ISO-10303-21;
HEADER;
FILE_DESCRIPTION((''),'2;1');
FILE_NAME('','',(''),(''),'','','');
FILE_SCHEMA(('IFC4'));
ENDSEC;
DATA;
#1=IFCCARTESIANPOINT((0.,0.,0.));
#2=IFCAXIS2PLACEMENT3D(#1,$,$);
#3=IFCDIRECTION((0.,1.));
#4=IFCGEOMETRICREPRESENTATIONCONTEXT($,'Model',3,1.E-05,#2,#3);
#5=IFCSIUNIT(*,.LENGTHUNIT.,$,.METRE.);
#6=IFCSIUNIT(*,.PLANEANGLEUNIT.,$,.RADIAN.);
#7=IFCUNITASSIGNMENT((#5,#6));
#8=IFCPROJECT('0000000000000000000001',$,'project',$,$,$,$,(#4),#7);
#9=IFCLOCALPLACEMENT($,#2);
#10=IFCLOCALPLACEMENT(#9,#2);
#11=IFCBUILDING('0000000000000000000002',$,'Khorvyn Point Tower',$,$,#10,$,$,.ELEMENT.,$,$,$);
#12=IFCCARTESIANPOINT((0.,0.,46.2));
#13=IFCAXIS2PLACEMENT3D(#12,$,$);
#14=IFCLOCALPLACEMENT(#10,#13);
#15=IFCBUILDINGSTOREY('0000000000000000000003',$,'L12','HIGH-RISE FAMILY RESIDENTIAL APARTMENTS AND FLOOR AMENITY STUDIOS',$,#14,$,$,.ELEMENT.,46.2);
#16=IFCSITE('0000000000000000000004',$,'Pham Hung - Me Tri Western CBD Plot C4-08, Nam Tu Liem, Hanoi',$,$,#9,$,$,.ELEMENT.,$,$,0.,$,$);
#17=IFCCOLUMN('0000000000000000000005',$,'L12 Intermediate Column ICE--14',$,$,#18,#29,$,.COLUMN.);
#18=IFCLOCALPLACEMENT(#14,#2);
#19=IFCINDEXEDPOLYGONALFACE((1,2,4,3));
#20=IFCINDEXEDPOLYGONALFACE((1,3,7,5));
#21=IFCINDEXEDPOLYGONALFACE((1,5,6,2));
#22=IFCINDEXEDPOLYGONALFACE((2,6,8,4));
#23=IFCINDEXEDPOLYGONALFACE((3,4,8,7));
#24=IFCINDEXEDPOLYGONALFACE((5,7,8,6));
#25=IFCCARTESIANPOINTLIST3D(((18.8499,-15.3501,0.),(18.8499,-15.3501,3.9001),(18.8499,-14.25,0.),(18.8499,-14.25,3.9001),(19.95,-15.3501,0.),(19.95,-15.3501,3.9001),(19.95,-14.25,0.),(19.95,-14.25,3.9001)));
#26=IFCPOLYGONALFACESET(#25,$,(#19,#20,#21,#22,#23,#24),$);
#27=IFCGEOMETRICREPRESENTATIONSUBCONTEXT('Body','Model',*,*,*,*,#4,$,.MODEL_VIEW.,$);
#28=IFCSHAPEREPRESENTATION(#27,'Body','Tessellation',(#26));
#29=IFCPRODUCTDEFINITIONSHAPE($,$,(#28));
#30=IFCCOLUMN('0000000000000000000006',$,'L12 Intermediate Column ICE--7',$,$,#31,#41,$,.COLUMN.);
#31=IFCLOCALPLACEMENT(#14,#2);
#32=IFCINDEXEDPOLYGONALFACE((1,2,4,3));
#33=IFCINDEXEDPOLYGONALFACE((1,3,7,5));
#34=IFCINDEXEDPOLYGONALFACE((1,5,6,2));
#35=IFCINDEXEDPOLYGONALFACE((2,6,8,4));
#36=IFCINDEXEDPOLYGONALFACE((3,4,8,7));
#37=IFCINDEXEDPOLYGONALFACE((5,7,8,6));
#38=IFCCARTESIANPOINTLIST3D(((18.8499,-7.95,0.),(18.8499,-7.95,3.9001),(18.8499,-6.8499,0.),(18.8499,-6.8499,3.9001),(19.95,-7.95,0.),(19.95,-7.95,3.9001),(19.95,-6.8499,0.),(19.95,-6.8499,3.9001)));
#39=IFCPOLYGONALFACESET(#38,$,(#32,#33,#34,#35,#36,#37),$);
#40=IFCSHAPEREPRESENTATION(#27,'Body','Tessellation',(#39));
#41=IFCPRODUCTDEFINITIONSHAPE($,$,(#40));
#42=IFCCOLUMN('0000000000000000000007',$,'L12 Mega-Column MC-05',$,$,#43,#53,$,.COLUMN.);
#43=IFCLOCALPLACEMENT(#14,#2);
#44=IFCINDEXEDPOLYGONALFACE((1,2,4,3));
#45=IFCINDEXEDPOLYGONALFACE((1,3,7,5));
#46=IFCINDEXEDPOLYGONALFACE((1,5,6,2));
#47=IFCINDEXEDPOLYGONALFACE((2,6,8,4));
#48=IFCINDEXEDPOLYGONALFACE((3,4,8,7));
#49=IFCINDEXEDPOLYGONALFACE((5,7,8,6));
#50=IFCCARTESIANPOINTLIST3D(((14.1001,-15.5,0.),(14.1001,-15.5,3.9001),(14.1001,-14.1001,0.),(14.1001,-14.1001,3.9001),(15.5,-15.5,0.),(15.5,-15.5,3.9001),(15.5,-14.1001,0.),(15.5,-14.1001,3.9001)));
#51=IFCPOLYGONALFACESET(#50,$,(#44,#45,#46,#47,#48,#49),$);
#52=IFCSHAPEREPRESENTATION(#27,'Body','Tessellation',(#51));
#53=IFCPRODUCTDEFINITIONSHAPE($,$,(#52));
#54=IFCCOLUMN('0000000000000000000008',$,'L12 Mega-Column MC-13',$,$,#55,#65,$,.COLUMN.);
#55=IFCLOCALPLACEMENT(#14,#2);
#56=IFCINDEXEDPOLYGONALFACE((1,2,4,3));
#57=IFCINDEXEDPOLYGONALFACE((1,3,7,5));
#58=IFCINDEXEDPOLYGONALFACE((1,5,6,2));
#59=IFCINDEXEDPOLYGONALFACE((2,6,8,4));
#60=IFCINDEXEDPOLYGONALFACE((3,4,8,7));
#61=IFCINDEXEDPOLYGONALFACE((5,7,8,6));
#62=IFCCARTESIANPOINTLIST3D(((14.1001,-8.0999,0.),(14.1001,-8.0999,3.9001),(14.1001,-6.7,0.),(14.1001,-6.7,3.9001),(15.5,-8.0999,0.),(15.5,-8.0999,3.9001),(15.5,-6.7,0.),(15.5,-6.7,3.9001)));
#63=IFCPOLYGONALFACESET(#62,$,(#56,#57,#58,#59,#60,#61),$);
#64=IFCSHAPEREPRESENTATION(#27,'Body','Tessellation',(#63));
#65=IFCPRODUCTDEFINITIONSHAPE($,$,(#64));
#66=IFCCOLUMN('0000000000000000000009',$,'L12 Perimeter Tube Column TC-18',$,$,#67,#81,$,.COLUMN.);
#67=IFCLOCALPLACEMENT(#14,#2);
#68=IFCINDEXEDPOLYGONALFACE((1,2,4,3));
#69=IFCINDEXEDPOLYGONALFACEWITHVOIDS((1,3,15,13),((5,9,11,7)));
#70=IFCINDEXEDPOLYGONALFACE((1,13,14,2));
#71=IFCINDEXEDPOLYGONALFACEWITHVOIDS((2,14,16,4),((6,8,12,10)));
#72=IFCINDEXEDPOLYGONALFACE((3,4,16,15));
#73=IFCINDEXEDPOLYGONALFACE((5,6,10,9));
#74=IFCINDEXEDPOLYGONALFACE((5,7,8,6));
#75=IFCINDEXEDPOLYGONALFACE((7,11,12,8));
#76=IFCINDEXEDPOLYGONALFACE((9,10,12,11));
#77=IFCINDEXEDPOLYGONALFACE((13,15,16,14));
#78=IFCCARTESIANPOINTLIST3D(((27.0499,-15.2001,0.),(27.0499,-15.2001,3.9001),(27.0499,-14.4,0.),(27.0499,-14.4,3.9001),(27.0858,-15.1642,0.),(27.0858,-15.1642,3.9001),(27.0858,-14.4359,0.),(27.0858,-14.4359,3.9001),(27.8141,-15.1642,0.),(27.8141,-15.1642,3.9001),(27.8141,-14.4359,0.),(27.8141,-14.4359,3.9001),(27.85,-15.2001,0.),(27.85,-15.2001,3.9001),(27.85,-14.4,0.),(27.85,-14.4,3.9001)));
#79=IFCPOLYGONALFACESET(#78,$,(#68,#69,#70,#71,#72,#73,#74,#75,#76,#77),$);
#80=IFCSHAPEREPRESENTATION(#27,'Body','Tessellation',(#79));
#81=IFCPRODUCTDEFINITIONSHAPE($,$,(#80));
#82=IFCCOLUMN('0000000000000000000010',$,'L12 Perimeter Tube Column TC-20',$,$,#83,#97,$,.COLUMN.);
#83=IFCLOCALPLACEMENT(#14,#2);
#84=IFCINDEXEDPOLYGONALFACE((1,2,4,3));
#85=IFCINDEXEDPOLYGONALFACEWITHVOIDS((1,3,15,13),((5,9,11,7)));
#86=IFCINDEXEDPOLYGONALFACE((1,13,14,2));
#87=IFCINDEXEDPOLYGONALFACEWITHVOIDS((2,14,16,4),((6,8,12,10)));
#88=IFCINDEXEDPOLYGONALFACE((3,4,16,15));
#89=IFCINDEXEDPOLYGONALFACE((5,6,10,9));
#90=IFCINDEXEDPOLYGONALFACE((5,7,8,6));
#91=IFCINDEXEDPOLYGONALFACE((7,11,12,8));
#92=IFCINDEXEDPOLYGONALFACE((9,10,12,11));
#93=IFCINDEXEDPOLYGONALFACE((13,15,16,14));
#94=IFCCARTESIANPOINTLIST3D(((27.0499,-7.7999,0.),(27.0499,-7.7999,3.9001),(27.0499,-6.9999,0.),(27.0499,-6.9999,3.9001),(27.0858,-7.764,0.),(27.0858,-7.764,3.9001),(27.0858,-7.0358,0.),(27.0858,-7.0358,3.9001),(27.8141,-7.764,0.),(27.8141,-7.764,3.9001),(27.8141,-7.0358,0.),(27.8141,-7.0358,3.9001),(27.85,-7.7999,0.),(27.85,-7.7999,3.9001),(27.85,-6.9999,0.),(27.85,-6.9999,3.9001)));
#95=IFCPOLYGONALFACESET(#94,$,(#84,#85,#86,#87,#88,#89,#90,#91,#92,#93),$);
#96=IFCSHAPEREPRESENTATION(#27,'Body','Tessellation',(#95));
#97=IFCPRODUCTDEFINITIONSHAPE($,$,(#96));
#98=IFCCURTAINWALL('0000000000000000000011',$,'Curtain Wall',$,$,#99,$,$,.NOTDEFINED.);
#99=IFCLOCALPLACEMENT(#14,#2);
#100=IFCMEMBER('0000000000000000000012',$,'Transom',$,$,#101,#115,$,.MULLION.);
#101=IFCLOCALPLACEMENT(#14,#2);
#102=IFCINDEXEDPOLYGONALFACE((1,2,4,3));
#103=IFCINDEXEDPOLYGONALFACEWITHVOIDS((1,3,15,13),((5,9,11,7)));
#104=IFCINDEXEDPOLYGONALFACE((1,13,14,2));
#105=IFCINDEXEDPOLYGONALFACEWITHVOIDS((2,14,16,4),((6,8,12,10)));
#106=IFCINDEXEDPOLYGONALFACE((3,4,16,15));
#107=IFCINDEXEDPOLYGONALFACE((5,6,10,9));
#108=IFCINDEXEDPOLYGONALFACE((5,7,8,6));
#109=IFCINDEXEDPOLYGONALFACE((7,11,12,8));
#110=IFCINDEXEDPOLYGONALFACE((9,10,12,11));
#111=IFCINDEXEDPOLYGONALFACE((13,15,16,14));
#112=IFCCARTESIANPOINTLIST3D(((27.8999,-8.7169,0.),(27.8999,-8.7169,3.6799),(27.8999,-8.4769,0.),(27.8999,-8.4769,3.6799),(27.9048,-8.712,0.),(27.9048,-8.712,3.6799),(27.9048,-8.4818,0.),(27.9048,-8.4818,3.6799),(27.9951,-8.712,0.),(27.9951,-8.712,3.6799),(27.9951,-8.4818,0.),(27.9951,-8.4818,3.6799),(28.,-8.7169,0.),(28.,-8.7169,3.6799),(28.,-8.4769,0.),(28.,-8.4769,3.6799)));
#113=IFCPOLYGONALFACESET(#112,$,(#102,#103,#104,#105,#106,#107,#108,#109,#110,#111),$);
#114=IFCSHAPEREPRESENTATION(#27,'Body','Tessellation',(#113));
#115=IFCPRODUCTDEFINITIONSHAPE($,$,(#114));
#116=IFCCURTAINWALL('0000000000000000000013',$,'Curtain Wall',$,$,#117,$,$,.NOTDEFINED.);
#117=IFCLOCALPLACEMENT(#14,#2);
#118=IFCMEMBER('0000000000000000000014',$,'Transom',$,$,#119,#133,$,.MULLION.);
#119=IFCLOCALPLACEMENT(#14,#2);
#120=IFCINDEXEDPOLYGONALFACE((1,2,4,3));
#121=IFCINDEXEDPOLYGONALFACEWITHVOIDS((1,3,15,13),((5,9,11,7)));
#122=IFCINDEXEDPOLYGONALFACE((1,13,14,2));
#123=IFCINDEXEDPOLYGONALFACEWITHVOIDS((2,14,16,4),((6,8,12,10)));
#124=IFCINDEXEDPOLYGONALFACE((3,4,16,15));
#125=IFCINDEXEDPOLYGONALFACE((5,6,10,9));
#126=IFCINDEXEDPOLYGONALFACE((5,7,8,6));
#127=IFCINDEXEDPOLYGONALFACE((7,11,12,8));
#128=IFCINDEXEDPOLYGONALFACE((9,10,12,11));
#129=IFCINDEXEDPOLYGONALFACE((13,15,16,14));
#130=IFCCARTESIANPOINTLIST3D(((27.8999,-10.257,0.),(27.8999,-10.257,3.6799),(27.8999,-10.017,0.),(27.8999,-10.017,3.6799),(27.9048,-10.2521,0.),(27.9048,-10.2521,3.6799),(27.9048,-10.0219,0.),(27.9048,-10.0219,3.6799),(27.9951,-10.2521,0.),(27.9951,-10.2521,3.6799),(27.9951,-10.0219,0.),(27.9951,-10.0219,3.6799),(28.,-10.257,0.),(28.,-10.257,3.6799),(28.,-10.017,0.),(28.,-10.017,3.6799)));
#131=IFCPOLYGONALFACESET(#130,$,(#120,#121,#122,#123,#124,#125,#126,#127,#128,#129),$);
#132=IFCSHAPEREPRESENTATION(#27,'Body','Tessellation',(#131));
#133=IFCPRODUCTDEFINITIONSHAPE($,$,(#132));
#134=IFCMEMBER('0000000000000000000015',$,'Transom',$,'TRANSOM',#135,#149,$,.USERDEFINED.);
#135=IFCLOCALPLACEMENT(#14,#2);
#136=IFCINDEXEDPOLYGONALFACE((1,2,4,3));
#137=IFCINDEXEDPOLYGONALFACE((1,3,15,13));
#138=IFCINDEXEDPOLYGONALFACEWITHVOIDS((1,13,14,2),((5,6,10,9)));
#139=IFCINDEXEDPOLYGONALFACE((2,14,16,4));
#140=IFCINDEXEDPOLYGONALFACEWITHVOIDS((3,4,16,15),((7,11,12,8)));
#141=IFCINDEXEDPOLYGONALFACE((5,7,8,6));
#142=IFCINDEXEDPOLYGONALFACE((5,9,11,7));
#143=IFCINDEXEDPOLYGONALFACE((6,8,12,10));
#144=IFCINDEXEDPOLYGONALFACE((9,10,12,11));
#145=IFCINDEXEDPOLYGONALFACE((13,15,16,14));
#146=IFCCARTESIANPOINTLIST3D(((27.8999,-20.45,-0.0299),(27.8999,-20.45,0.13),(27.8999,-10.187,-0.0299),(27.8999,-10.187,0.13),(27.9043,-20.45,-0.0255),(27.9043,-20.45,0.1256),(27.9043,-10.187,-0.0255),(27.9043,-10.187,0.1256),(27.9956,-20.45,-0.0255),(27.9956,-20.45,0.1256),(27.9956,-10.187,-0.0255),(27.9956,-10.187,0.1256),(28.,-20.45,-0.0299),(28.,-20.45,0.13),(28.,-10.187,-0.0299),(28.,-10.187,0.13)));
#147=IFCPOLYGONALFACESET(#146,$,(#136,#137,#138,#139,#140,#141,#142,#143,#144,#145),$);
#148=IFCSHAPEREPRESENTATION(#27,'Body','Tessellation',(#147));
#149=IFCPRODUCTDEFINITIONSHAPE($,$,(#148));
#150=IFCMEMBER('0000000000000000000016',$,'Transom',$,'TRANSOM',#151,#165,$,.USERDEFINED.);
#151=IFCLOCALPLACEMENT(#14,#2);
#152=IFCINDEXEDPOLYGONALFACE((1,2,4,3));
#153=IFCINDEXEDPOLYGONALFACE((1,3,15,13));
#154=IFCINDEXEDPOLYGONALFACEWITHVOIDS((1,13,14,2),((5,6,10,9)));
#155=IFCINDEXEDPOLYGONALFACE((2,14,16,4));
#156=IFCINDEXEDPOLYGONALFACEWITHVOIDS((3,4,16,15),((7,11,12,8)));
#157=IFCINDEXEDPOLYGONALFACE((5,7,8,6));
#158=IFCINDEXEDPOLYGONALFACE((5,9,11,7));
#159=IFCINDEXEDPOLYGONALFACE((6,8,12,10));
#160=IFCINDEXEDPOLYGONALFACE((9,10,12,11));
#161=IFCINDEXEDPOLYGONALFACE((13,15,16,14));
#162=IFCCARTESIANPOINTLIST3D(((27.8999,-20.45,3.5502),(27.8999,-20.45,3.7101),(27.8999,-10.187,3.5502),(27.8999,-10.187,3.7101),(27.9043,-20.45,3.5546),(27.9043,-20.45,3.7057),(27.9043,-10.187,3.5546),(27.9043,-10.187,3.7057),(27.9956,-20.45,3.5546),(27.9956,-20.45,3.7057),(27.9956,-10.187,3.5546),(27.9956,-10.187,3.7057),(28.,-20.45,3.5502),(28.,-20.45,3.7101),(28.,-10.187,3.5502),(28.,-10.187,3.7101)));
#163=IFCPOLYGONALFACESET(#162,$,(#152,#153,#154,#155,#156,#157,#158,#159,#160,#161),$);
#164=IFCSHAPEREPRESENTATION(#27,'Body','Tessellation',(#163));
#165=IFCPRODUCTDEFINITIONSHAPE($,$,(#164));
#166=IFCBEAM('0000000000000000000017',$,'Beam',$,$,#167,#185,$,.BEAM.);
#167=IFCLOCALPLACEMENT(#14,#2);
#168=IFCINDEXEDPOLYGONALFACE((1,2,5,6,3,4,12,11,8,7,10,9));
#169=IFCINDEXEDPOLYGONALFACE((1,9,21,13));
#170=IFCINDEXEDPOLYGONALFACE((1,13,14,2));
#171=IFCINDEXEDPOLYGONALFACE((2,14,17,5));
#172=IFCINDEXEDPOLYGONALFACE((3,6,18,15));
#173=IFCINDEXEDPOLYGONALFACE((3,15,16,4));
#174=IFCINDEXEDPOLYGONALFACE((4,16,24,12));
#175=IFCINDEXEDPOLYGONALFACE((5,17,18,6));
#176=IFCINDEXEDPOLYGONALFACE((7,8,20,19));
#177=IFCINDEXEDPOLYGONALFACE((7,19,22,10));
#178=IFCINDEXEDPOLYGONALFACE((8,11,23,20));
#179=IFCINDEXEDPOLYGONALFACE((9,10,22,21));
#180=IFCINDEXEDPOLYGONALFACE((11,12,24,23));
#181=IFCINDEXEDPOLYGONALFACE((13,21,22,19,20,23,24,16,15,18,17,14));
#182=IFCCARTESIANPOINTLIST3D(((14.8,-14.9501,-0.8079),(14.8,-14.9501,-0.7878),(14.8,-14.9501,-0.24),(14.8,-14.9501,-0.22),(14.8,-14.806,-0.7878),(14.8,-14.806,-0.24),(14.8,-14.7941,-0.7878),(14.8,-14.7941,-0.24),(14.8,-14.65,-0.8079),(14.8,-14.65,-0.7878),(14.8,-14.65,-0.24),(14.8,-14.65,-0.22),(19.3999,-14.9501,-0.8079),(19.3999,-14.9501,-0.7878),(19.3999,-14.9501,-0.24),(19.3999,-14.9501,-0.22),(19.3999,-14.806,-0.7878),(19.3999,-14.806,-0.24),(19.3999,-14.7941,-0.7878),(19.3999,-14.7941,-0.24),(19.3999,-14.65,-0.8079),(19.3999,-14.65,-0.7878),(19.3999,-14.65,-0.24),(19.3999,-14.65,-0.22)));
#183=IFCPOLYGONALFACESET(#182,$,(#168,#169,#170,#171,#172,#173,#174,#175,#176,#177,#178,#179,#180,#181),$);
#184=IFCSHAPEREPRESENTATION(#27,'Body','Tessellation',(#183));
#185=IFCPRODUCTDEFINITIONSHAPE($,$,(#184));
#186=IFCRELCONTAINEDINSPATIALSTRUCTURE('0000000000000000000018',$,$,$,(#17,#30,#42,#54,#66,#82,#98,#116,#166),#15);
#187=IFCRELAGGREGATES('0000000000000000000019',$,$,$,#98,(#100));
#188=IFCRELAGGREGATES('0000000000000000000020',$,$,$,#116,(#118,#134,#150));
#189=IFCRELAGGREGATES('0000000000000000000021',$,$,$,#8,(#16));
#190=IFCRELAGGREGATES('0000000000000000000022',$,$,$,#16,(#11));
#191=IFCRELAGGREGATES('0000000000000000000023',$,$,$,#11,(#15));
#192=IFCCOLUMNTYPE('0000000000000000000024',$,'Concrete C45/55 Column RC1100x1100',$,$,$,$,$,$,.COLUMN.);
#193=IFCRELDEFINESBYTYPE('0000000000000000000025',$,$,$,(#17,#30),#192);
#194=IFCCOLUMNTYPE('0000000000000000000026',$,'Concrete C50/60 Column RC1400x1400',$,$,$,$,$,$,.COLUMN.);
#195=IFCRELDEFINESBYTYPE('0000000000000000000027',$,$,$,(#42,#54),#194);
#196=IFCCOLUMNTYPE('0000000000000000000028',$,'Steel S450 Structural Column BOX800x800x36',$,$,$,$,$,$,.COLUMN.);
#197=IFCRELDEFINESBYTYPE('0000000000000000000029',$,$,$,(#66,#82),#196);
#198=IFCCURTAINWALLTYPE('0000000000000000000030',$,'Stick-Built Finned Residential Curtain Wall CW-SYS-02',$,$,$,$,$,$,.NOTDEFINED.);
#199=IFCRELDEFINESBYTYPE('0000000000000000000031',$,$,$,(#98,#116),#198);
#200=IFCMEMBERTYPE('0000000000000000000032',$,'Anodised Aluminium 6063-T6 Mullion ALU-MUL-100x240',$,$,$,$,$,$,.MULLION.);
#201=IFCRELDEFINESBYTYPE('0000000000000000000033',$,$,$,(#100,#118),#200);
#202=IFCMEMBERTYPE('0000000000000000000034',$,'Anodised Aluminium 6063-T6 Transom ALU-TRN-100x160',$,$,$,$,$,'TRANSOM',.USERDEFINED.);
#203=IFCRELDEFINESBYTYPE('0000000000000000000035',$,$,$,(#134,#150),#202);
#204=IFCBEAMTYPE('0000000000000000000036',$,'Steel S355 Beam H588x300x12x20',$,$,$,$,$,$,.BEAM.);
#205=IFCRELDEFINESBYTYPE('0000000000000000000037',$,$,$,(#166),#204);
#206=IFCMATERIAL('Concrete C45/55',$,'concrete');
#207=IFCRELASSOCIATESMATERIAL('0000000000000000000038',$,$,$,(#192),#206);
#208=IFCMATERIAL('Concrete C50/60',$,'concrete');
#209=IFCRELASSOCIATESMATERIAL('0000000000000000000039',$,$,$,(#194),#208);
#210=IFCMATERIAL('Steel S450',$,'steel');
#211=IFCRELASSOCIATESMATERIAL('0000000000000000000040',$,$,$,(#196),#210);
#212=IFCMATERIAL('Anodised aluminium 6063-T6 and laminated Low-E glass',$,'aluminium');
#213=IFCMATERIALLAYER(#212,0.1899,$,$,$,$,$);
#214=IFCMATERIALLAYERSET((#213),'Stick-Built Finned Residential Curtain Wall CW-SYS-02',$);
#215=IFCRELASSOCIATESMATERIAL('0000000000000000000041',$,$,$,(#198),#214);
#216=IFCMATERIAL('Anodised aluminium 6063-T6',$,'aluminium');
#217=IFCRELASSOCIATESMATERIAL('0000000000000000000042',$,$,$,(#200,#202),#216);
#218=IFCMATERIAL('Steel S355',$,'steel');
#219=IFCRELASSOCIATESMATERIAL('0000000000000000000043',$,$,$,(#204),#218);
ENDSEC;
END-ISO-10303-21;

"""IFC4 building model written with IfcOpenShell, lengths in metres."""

from ifc_helpers import new_model, si_unit, direction, frame, origin, origin_2d, place, context, subcontext, project, spatial, rectangle, hollow_rectangle, i_section, extrude, material, layer, layer_set, material_profile, profile_set, type_object, element, aggregate, save


model = new_model("IFC4")

# Units and contexts
model_context = context("Model", 3, precision=1e-05, world=origin(), true_north=direction((0.0, 1.0)))
body_context = subcontext(model_context, "Body", "Model", "MODEL_VIEW")
ifc_project = project(units=[si_unit("LENGTHUNIT", "METRE"), si_unit("PLANEANGLEUNIT", "RADIAN")], contexts=[model_context])

# Site, building, storey
site_placement = place(None, origin())
site = spatial("IfcSite", under=ifc_project, at=site_placement, Name="Pham Hung - Me Tri Western CBD Plot C4-08, Nam Tu Liem, Hanoi", CompositionType="ELEMENT", RefElevation=0.0)
building_placement = place(site_placement, origin())
building = spatial("IfcBuilding", under=site, at=building_placement, Name="Khorvyn Point Tower", CompositionType="ELEMENT")
storey_placement = place(building_placement, frame((0.0, 0.0, 46.2)))
storey = spatial("IfcBuildingStorey", under=building, at=storey_placement, Name="L12", Description="HIGH-RISE FAMILY RESIDENTIAL APARTMENTS AND FLOOR AMENITY STUDIOS", CompositionType="ELEMENT", Elevation=46.2)

# Columns
ifc_material_1 = material(Name="Concrete C45/55", Category="concrete")
ifc_material_profile_1 = material_profile(ifc_material_1, rectangle(XDim=1.1001, YDim=1.1001, at=origin_2d()))
ifc_profile_set_1 = profile_set([ifc_material_profile_1], Name="Concrete C45/55 RC1100x1100")
column_type_1 = type_object("IfcColumnType", Name="Concrete C45/55 Column RC1100x1100", PredefinedType="COLUMN", material=ifc_profile_set_1)
for number, where, z_axis, x_axis, name in (
    (1, (19.3999, -14.8, 0.0), (0.0, 0.0, 1.0), (1.0, 0.0, 0.0), "L12 Intermediate Column ICE--14"),
    (2, (19.3999, -7.3999, 0.0), (0.0, 0.0, 1.0), (1.0, 0.0, 0.0), "L12 Intermediate Column ICE--7"),
):
    element("IfcColumn", number, at=place(storey_placement, frame(where, z_axis=z_axis, x_axis=x_axis)), inside=storey, type_object=column_type_1, Name=name, PredefinedType="COLUMN", context=body_context, shape_type="SweptSolid", body=[
        extrude(rectangle(XDim=1.1001, YDim=1.1001, at=origin_2d()), origin(), (0.0, 0.0, 1.0), 3.9001),
    ])
ifc_material_2 = material(Name="Concrete C50/60", Category="concrete")
ifc_material_profile_2 = material_profile(ifc_material_2, rectangle(XDim=1.3999, YDim=1.3999, at=origin_2d()))
ifc_profile_set_2 = profile_set([ifc_material_profile_2], Name="Concrete C50/60 RC1400x1400")
column_type_2 = type_object("IfcColumnType", Name="Concrete C50/60 Column RC1400x1400", PredefinedType="COLUMN", material=ifc_profile_set_2)
for number, where, z_axis, x_axis, name in (
    (3, (14.8, -14.8, 0.0), (0.0, 0.0, 1.0), (1.0, 0.0, 0.0), "L12 Mega-Column MC-05"),
    (4, (14.8, -7.3999, 0.0), (0.0, 0.0, 1.0), (1.0, 0.0, 0.0), "L12 Mega-Column MC-13"),
):
    element("IfcColumn", number, at=place(storey_placement, frame(where, z_axis=z_axis, x_axis=x_axis)), inside=storey, type_object=column_type_2, Name=name, PredefinedType="COLUMN", context=body_context, shape_type="SweptSolid", body=[
        extrude(rectangle(XDim=1.3999, YDim=1.3999, at=origin_2d()), origin(), (0.0, 0.0, 1.0), 3.9001),
    ])
ifc_material_3 = material(Name="Steel S450", Category="steel")
ifc_material_profile_3 = material_profile(ifc_material_3, hollow_rectangle(XDim=0.8, YDim=0.8, WallThickness=0.0359, at=origin_2d()))
ifc_profile_set_3 = profile_set([ifc_material_profile_3], Name="Steel S450 BOX800x800x36")
column_type_3 = type_object("IfcColumnType", Name="Steel S450 Structural Column BOX800x800x36", PredefinedType="COLUMN", material=ifc_profile_set_3)
for number, where, z_axis, x_axis, name in (
    (5, (27.45, -14.8, 0.0), (0.0, 0.0, 1.0), (1.0, 0.0, 0.0), "L12 Perimeter Tube Column TC-18"),
    (6, (27.45, -7.3999, 0.0), (0.0, 0.0, 1.0), (1.0, 0.0, 0.0), "L12 Perimeter Tube Column TC-20"),
):
    element("IfcColumn", number, at=place(storey_placement, frame(where, z_axis=z_axis, x_axis=x_axis)), inside=storey, type_object=column_type_3, Name=name, PredefinedType="COLUMN", context=body_context, shape_type="SweptSolid", body=[
        extrude(hollow_rectangle(XDim=0.8, YDim=0.8, WallThickness=0.0359, at=origin_2d()), origin(), (0.0, 0.0, 1.0), 3.9001),
    ])

# Curtain wall, member
ifc_material_4 = material(Name="Anodised aluminium 6063-T6 and laminated Low-E glass", Category="aluminium")
ifc_layer_1 = layer(ifc_material_4, 0.1899)
ifc_layer_set_1 = layer_set([ifc_layer_1], Name="Stick-Built Finned Residential Curtain Wall CW-SYS-02")
curtain_wall_type = type_object("IfcCurtainWallType", Name="Stick-Built Finned Residential Curtain Wall CW-SYS-02", PredefinedType="NOTDEFINED", material=ifc_layer_set_1)
curtain_wall_1_placement = place(storey_placement, origin())
curtain_wall_1 = element("IfcCurtainWall", 7, at=curtain_wall_1_placement, inside=storey, type_object=curtain_wall_type, Name="Curtain Wall", PredefinedType="NOTDEFINED")
ifc_material_5 = material(Name="Anodised aluminium 6063-T6", Category="aluminium")
ifc_material_profile_4 = material_profile(ifc_material_5, hollow_rectangle(XDim=0.1001, YDim=0.24, WallThickness=0.0049, at=origin_2d()))
ifc_profile_set_4 = profile_set([ifc_material_profile_4], Name="Anodised aluminium 6063-T6 ALU-MUL-100x240")
member_type_1 = type_object("IfcMemberType", Name="Anodised Aluminium 6063-T6 Mullion ALU-MUL-100x240", PredefinedType="MULLION", material=ifc_profile_set_4)
member_1_placement = place(storey_placement, frame((27.95, -8.5969, 0.0), z_axis=(0.0, 0.0, 1.0), x_axis=(1.0, 0.0, 0.0)))
member_1 = element("IfcMember", 8, at=member_1_placement, type_object=member_type_1, Name="Transom", PredefinedType="MULLION", context=body_context, shape_type="SweptSolid", body=[
    extrude(hollow_rectangle(XDim=0.1001, YDim=0.24, WallThickness=0.0049, at=origin_2d()), origin(), (0.0, 0.0, 1.0), 3.6799),
])
aggregate(curtain_wall_1, [member_1])

# Curtain wall, members
curtain_wall_2_placement = place(storey_placement, origin())
curtain_wall_2 = element("IfcCurtainWall", 9, at=curtain_wall_2_placement, inside=storey, type_object=curtain_wall_type, Name="Curtain Wall", PredefinedType="NOTDEFINED")
member_2_placement = place(storey_placement, frame((27.95, -10.137, 0.0), z_axis=(0.0, 0.0, 1.0), x_axis=(1.0, 0.0, 0.0)))
member_2 = element("IfcMember", 10, at=member_2_placement, type_object=member_type_1, Name="Transom", PredefinedType="MULLION", context=body_context, shape_type="SweptSolid", body=[
    extrude(hollow_rectangle(XDim=0.1001, YDim=0.24, WallThickness=0.0049, at=origin_2d()), origin(), (0.0, 0.0, 1.0), 3.6799),
])
ifc_material_profile_5 = material_profile(ifc_material_5, hollow_rectangle(XDim=0.1001, YDim=0.1599, WallThickness=0.0044, at=origin_2d()))
ifc_profile_set_5 = profile_set([ifc_material_profile_5], Name="Anodised aluminium 6063-T6 ALU-TRN-100x160")
member_type_2 = type_object("IfcMemberType", Name="Anodised Aluminium 6063-T6 Transom ALU-TRN-100x160", ElementType="TRANSOM", PredefinedType="USERDEFINED", material=ifc_profile_set_5)
member_3_placement = place(storey_placement, frame((27.95, -10.187, 0.05), z_axis=(0.0, -1.0, 0.0), x_axis=(1.0, 0.0, 0.0)))
member_3 = element("IfcMember", 11, at=member_3_placement, type_object=member_type_2, Name="Transom", ObjectType="TRANSOM", PredefinedType="USERDEFINED", context=body_context, shape_type="SweptSolid", body=[
    extrude(hollow_rectangle(XDim=0.1001, YDim=0.1599, WallThickness=0.0044, at=origin_2d()), origin(), (0.0, 0.0, 1.0), 10.2629),
])
member_4_placement = place(storey_placement, frame((27.95, -10.187, 3.6301), z_axis=(0.0, -1.0, 0.0), x_axis=(1.0, 0.0, 0.0)))
member_4 = element("IfcMember", 12, at=member_4_placement, type_object=member_type_2, Name="Transom", ObjectType="TRANSOM", PredefinedType="USERDEFINED", context=body_context, shape_type="SweptSolid", body=[
    extrude(hollow_rectangle(XDim=0.1001, YDim=0.1599, WallThickness=0.0044, at=origin_2d()), origin(), (0.0, 0.0, 1.0), 10.2629),
])

# Beam
ifc_material_6 = material(Name="Steel S355", Category="steel")
ifc_material_profile_6 = material_profile(ifc_material_6, i_section(OverallWidth=0.3, OverallDepth=0.5879, WebThickness=0.012, FlangeThickness=0.02, at=origin_2d()))
ifc_profile_set_6 = profile_set([ifc_material_profile_6], Name="Steel S355 H588x300x12x20")
beam_type_1 = type_object("IfcBeamType", Name="Steel S355 Beam H588x300x12x20", PredefinedType="BEAM", material=ifc_profile_set_6)
beam_1_placement = place(storey_placement, frame((14.8, -14.8, -0.5139), z_axis=(1.0, 0.0, 0.0), x_axis=(0.0, 1.0, 0.0)))
element("IfcBeam", 13, at=beam_1_placement, inside=storey, type_object=beam_type_1, Name="Beam", PredefinedType="BEAM", context=body_context, shape_type="SweptSolid", body=[
    extrude(i_section(OverallWidth=0.3, OverallDepth=0.5879, WebThickness=0.012, FlangeThickness=0.02, at=origin_2d()), origin(), (0.0, 0.0, 1.0), 4.5999),
])

aggregate(curtain_wall_2, [member_2, member_3, member_4])

save(model, "model.ifc")
